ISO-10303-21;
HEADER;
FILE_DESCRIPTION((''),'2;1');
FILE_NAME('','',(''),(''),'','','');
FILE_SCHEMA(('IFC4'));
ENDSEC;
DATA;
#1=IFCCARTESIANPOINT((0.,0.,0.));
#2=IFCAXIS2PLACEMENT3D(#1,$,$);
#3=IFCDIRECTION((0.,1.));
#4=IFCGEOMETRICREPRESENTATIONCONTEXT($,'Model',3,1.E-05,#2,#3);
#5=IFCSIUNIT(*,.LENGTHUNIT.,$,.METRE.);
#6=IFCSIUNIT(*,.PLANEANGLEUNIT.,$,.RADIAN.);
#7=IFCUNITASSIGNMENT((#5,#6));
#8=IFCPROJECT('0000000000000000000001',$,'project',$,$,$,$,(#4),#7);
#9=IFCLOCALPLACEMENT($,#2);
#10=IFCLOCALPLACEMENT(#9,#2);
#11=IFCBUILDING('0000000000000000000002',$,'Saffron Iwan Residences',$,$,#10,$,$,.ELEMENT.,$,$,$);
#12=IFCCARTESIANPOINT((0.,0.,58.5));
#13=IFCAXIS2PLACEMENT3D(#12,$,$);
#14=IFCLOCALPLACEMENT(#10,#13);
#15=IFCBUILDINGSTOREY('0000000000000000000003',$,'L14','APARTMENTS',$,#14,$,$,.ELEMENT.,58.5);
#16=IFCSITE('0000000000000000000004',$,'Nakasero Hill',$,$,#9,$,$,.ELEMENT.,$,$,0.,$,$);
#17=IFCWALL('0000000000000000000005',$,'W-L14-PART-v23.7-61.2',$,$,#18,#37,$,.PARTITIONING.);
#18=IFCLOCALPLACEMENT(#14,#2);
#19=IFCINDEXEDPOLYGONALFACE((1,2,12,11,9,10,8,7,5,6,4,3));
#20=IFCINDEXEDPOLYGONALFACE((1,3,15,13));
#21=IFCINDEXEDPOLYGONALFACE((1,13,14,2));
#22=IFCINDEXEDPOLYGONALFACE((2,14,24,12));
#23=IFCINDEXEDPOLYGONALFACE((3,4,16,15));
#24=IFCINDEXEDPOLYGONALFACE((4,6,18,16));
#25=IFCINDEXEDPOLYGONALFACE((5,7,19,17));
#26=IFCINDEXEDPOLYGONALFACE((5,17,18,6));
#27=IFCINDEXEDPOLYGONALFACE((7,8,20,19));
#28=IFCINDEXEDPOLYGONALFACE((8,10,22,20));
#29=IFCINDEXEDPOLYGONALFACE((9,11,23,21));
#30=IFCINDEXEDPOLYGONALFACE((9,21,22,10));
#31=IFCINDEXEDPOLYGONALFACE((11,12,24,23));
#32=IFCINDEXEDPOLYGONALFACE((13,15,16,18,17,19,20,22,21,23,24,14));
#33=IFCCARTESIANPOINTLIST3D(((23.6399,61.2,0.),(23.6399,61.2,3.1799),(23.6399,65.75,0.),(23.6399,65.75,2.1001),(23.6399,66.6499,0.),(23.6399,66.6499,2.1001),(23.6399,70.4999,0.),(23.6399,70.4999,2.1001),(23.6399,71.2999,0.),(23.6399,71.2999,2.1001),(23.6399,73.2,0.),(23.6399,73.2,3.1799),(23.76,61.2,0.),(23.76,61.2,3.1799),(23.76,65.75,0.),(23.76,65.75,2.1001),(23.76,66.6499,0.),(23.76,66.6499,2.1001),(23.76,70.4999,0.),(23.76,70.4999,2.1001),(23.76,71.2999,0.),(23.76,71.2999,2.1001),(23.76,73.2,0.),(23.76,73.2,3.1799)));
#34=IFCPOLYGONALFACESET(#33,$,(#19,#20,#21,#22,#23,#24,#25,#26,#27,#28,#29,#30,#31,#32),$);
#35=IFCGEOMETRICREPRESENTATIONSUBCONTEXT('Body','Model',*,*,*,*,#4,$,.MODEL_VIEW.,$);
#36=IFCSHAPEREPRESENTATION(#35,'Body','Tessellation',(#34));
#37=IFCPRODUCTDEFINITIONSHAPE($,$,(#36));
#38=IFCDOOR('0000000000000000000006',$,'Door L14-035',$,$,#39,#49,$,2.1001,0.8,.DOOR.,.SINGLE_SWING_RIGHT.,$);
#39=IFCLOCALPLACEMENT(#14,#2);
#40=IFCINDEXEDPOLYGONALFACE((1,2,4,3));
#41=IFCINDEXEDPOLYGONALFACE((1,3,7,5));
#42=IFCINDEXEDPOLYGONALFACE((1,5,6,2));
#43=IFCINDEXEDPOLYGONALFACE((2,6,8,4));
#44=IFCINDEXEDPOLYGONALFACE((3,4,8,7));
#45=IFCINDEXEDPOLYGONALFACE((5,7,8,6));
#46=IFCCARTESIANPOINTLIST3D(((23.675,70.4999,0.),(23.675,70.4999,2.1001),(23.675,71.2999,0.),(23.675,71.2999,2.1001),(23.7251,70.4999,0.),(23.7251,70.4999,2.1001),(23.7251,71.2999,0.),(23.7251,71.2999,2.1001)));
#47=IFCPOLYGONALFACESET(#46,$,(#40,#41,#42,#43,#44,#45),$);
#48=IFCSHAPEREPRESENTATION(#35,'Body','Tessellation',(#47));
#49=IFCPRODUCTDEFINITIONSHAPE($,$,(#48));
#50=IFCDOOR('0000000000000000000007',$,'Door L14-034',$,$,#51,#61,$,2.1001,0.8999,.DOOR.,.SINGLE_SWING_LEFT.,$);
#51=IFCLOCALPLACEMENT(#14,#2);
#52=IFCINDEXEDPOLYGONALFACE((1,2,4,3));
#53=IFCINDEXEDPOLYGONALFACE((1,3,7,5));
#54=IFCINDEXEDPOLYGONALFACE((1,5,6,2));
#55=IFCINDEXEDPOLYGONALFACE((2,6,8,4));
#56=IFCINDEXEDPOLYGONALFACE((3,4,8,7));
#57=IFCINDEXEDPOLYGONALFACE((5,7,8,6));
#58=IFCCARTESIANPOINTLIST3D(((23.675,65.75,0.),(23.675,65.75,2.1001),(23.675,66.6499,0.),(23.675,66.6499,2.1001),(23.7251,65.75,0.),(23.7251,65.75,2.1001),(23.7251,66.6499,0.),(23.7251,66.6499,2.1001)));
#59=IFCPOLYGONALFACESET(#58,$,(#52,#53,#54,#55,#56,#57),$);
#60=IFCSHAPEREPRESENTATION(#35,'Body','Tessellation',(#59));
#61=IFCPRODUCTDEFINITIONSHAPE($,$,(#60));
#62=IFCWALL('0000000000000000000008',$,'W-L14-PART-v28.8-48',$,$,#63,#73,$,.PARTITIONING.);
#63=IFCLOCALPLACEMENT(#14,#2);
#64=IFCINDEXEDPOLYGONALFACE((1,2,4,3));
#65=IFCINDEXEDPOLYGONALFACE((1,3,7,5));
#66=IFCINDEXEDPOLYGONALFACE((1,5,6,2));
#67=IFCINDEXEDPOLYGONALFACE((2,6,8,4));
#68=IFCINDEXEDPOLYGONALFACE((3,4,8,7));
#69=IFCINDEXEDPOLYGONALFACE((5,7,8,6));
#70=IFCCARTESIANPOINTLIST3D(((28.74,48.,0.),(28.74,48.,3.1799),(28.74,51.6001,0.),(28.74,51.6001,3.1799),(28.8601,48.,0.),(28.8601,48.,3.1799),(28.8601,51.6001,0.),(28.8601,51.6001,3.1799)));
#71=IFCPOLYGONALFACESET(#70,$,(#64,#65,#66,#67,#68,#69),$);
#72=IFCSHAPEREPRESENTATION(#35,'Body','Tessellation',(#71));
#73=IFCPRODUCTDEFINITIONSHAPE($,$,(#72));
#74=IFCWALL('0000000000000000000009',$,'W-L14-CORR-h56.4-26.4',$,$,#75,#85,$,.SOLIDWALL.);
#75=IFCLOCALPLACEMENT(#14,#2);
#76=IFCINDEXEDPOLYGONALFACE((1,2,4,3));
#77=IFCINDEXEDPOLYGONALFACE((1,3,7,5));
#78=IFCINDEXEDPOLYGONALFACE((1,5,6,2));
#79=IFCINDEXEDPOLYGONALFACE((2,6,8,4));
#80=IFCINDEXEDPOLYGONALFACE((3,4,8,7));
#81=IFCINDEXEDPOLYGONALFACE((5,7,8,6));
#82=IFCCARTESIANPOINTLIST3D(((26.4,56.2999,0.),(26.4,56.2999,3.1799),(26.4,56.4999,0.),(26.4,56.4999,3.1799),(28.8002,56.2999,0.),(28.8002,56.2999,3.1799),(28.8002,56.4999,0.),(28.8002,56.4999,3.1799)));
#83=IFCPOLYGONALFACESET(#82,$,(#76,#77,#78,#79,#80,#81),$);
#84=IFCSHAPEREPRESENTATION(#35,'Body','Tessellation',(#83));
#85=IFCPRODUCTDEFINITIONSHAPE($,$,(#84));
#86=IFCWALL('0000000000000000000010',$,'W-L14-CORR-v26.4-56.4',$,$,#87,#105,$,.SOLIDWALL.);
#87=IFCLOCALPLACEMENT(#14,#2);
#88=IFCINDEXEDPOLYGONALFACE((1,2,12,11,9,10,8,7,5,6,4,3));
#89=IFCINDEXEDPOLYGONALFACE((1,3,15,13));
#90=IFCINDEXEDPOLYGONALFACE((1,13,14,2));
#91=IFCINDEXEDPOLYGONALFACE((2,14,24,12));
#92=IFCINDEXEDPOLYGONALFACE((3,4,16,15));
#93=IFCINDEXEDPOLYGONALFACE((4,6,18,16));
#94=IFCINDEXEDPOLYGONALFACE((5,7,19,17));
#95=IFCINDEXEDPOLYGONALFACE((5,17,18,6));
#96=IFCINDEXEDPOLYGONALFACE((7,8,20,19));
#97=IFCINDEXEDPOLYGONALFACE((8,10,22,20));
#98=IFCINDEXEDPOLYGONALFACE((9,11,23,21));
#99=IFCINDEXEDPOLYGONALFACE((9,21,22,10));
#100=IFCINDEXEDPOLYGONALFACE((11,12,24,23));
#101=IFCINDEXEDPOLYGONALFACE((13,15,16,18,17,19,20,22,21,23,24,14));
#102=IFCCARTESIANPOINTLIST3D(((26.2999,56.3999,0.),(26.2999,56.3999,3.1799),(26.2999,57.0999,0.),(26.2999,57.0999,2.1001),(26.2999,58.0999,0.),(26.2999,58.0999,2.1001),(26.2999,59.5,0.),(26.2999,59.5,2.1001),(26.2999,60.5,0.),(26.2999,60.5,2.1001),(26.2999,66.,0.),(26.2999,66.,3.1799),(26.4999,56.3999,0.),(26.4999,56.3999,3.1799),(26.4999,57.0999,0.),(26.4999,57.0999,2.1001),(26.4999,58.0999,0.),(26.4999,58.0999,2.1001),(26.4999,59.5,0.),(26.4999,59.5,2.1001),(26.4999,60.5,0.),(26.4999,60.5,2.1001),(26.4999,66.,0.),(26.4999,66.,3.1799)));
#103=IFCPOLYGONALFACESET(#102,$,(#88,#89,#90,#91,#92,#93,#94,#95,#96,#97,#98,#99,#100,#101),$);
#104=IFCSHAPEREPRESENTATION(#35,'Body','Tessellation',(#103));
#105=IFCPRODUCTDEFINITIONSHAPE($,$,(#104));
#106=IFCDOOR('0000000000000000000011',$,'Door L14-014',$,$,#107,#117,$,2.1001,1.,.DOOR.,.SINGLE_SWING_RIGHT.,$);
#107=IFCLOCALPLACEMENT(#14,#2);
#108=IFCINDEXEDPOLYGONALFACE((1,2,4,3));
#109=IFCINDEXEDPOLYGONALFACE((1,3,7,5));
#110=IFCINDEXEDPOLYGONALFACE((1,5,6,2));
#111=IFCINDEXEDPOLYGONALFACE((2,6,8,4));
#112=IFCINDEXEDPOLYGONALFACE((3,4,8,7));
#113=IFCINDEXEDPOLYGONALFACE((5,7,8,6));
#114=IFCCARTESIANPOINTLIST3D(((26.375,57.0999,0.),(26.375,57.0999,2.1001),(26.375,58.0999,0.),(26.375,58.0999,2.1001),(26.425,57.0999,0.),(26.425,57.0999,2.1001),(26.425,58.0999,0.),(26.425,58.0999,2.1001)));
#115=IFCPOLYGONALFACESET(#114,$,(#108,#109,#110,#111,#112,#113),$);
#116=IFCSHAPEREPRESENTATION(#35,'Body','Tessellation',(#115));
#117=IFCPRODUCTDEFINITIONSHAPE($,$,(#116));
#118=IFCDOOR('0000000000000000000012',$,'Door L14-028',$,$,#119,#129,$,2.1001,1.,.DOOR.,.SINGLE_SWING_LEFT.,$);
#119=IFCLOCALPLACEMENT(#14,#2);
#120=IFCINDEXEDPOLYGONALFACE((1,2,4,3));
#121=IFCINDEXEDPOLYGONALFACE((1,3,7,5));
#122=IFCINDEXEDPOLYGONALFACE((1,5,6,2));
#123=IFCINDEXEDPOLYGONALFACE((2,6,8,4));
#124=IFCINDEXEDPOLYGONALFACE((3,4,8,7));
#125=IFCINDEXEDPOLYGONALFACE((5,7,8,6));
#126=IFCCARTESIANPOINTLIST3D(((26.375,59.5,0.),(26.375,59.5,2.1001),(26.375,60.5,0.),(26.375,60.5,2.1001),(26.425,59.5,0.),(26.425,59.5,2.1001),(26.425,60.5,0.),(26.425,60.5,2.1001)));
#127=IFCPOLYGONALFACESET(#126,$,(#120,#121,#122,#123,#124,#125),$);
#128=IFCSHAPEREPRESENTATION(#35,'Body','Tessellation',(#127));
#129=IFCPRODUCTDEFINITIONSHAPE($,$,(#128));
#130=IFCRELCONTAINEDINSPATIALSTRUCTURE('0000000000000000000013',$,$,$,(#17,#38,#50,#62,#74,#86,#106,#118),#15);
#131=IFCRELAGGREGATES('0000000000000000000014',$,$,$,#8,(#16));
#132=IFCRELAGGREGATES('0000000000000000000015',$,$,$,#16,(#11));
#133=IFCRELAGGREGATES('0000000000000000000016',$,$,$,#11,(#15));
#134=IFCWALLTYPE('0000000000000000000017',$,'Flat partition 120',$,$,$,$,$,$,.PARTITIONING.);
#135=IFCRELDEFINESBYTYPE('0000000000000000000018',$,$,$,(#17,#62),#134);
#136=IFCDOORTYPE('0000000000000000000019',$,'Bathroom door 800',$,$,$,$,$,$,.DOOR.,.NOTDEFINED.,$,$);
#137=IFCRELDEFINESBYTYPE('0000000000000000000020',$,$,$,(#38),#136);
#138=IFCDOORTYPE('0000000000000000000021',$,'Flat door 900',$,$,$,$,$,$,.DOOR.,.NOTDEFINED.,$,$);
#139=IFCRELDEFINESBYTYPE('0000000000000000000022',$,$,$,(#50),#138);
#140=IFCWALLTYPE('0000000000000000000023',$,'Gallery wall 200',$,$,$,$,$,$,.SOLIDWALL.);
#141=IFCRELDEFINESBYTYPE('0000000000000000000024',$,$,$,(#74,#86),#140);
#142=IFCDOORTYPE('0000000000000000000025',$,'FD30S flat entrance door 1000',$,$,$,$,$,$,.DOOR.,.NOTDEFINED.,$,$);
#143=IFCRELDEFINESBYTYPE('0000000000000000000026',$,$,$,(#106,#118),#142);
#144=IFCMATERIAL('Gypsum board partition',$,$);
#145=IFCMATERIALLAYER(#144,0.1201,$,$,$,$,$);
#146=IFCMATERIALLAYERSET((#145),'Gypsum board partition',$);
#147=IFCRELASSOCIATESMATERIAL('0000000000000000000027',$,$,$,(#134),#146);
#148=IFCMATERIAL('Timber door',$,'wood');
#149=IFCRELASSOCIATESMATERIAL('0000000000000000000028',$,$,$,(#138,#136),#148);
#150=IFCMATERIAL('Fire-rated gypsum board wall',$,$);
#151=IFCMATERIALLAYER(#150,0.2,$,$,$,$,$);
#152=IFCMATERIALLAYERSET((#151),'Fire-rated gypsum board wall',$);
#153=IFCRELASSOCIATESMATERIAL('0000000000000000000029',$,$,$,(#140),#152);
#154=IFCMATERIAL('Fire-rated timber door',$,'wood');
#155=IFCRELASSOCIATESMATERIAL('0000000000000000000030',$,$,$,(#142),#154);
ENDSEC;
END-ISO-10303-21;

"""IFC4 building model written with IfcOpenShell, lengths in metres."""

from ifc_helpers import new_model, si_unit, direction, frame, frame_2d, origin, place, context, subcontext, project, spatial, rectangle, extrude, material, layer, layer_set, type_object, element, fill, save


model = new_model("IFC4")

# Units and contexts
model_context = context("Model", 3, precision=1e-05, world=origin(), true_north=direction((0.0, 1.0)))
body_context = subcontext(model_context, "Body", "Model", "MODEL_VIEW")
ifc_project = project(units=[si_unit("LENGTHUNIT", "METRE"), si_unit("PLANEANGLEUNIT", "RADIAN")], contexts=[model_context])

# Site, building, storey
site_placement = place(None, origin())
site = spatial("IfcSite", under=ifc_project, at=site_placement, Name="Nakasero Hill", CompositionType="ELEMENT", RefElevation=0.0)
building_placement = place(site_placement, origin())
building = spatial("IfcBuilding", under=site, at=building_placement, Name="Saffron Iwan Residences", CompositionType="ELEMENT")
storey_placement = place(building_placement, frame((0.0, 0.0, 58.5)))
storey = spatial("IfcBuildingStorey", under=building, at=storey_placement, Name="L14", Description="APARTMENTS", CompositionType="ELEMENT", Elevation=58.5)

# Shared definitions
ifc_material_1 = material(Name="Gypsum board partition")
ifc_layer_1 = layer(ifc_material_1, 0.1201)
ifc_layer_set_1 = layer_set([ifc_layer_1], Name="Gypsum board partition")
wall_type_1 = type_object("IfcWallType", Name="Flat partition 120", PredefinedType="PARTITIONING", material=ifc_layer_set_1)

# Shared definitions
ifc_material_2 = material(Name="Timber door", Category="wood")
door_type_1 = type_object("IfcDoorType", Name="Flat door 900", OperationType="NOTDEFINED", PredefinedType="DOOR", material=ifc_material_2)

# Wall, openings, doors
wall_1_placement = place(storey_placement, frame((23.7, 61.2, 0.0), z_axis=(0.0, 0.0, 1.0), x_axis=(0.0, 1.0, 0.0)))
wall_1 = element("IfcWall", 1, at=wall_1_placement, inside=storey, type_object=wall_type_1, Name="W-L14-PART-v23.7-61.2", PredefinedType="PARTITIONING", context=body_context, shape_type="SweptSolid", body=[
    extrude(rectangle(XDim=12.0, YDim=0.1201, at=frame_2d((6.0, 0.0))), origin(), (0.0, 0.0, 1.0), 3.1799),
])
opening_1_placement = place(wall_1_placement, frame((4.55, 0.0, 0.0)))
opening_1 = element("IfcOpeningElement", 2, at=opening_1_placement, cuts=wall_1, PredefinedType="OPENING", context=body_context, shape_type="SweptSolid", body=[
    extrude(rectangle(XDim=0.8999, YDim=2.1001, at=frame_2d((0.45, 1.05))), frame((0.0, 0.0701, 0.0), z_axis=(0.0, -1.0, 0.0), x_axis=(1.0, 0.0, 0.0)), (0.0, 0.0, 1.0), 0.1401),
])
opening_2_placement = place(wall_1_placement, frame((9.3, 0.0, 0.0)))
opening_2 = element("IfcOpeningElement", 3, at=opening_2_placement, cuts=wall_1, PredefinedType="OPENING", context=body_context, shape_type="SweptSolid", body=[
    extrude(rectangle(XDim=0.8, YDim=2.1001, at=frame_2d((0.3999, 1.05))), frame((0.0, 0.0701, 0.0), z_axis=(0.0, -1.0, 0.0), x_axis=(1.0, 0.0, 0.0)), (0.0, 0.0, 1.0), 0.1401),
])
door_type_2 = type_object("IfcDoorType", Name="Bathroom door 800", OperationType="NOTDEFINED", PredefinedType="DOOR", material=ifc_material_2)
door_1_placement = place(opening_2_placement, origin())
door_1 = element("IfcDoor", 4, at=door_1_placement, inside=storey, type_object=door_type_2, Name="Door L14-035", OperationType="SINGLE_SWING_RIGHT", OverallHeight=2.1001, OverallWidth=0.8, PredefinedType="DOOR", context=body_context, shape_type="SweptSolid", body=[
    extrude(rectangle(XDim=0.8, YDim=2.1001, at=frame_2d((0.3999, 1.05))), frame((0.0, 0.0249, 0.0), z_axis=(0.0, -1.0, 0.0), x_axis=(1.0, 0.0, 0.0)), (0.0, 0.0, 1.0), 0.05),
])
fill(opening_2, door_1)
door_2_placement = place(opening_1_placement, origin())
door_2 = element("IfcDoor", 5, at=door_2_placement, inside=storey, type_object=door_type_1, Name="Door L14-034", OperationType="SINGLE_SWING_LEFT", OverallHeight=2.1001, OverallWidth=0.8999, PredefinedType="DOOR", context=body_context, shape_type="SweptSolid", body=[
    extrude(rectangle(XDim=0.8999, YDim=2.1001, at=frame_2d((0.45, 1.05))), frame((0.0, 0.0249, 0.0), z_axis=(0.0, -1.0, 0.0), x_axis=(1.0, 0.0, 0.0)), (0.0, 0.0, 1.0), 0.05),
])
fill(opening_1, door_2)

# Walls
wall_2_placement = place(storey_placement, frame((28.8, 48.0, 0.0), z_axis=(0.0, 0.0, 1.0), x_axis=(0.0, 1.0, 0.0)))
element("IfcWall", 6, at=wall_2_placement, inside=storey, type_object=wall_type_1, Name="W-L14-PART-v28.8-48", PredefinedType="PARTITIONING", context=body_context, shape_type="SweptSolid", body=[
    extrude(rectangle(XDim=3.6001, YDim=0.1201, at=frame_2d((1.8, 0.0))), origin(), (0.0, 0.0, 1.0), 3.1799),
])
ifc_material_3 = material(Name="Fire-rated gypsum board wall")
ifc_layer_2 = layer(ifc_material_3, 0.2)
ifc_layer_set_2 = layer_set([ifc_layer_2], Name="Fire-rated gypsum board wall")
wall_type_2 = type_object("IfcWallType", Name="Gallery wall 200", PredefinedType="SOLIDWALL", material=ifc_layer_set_2)
wall_3_placement = place(storey_placement, frame((26.3999, 56.3999, 0.0), z_axis=(0.0, 0.0, 1.0), x_axis=(1.0, 0.0, 0.0)))
element("IfcWall", 7, at=wall_3_placement, inside=storey, type_object=wall_type_2, Name="W-L14-CORR-h56.4-26.4", PredefinedType="SOLIDWALL", context=body_context, shape_type="SweptSolid", body=[
    extrude(rectangle(XDim=2.4001, YDim=0.2, at=frame_2d((1.2002, 0.0))), origin(), (0.0, 0.0, 1.0), 3.1799),
])

# Wall, openings, doors
wall_4_placement = place(storey_placement, frame((26.3999, 56.3999, 0.0), z_axis=(0.0, 0.0, 1.0), x_axis=(0.0, 1.0, 0.0)))
wall_4 = element("IfcWall", 8, at=wall_4_placement, inside=storey, type_object=wall_type_2, Name="W-L14-CORR-v26.4-56.4", PredefinedType="SOLIDWALL", context=body_context, shape_type="SweptSolid", body=[
    extrude(rectangle(XDim=9.6001, YDim=0.2, at=frame_2d((4.8, 0.0))), origin(), (0.0, 0.0, 1.0), 3.1799),
])
opening_3_placement = place(wall_4_placement, frame((0.7, 0.0, 0.0)))
opening_3 = element("IfcOpeningElement", 9, at=opening_3_placement, cuts=wall_4, PredefinedType="OPENING", context=body_context, shape_type="SweptSolid", body=[
    extrude(rectangle(XDim=1.0, YDim=2.1001, at=frame_2d((0.5, 1.05))), frame((0.0, 0.1099, 0.0), z_axis=(0.0, -1.0, 0.0), x_axis=(1.0, 0.0, 0.0)), (0.0, 0.0, 1.0), 0.22),
])
opening_4_placement = place(wall_4_placement, frame((3.1001, 0.0, 0.0)))
opening_4 = element("IfcOpeningElement", 10, at=opening_4_placement, cuts=wall_4, PredefinedType="OPENING", context=body_context, shape_type="SweptSolid", body=[
    extrude(rectangle(XDim=1.0, YDim=2.1001, at=frame_2d((0.5, 1.05))), frame((0.0, 0.1099, 0.0), z_axis=(0.0, -1.0, 0.0), x_axis=(1.0, 0.0, 0.0)), (0.0, 0.0, 1.0), 0.22),
])
ifc_material_4 = material(Name="Fire-rated timber door", Category="wood")
door_type_3 = type_object("IfcDoorType", Name="FD30S flat entrance door 1000", OperationType="NOTDEFINED", PredefinedType="DOOR", material=ifc_material_4)
door_3_placement = place(opening_3_placement, origin())
door_3 = element("IfcDoor", 11, at=door_3_placement, inside=storey, type_object=door_type_3, Name="Door L14-014", OperationType="SINGLE_SWING_RIGHT", OverallHeight=2.1001, OverallWidth=1.0, PredefinedType="DOOR", context=body_context, shape_type="SweptSolid", body=[
    extrude(rectangle(XDim=1.0, YDim=2.1001, at=frame_2d((0.5, 1.05))), frame((0.0, 0.0249, 0.0), z_axis=(0.0, -1.0, 0.0), x_axis=(1.0, 0.0, 0.0)), (0.0, 0.0, 1.0), 0.05),
])
fill(opening_3, door_3)
door_4_placement = place(opening_4_placement, origin())
door_4 = element("IfcDoor", 12, at=door_4_placement, inside=storey, type_object=door_type_3, Name="Door L14-028", OperationType="SINGLE_SWING_LEFT", OverallHeight=2.1001, OverallWidth=1.0, PredefinedType="DOOR", context=body_context, shape_type="SweptSolid", body=[
    extrude(rectangle(XDim=1.0, YDim=2.1001, at=frame_2d((0.5, 1.05))), frame((0.0, 0.0249, 0.0), z_axis=(0.0, -1.0, 0.0), x_axis=(1.0, 0.0, 0.0)), (0.0, 0.0, 1.0), 0.05),
])
fill(opening_4, door_4)

save(model, "model.ifc")
